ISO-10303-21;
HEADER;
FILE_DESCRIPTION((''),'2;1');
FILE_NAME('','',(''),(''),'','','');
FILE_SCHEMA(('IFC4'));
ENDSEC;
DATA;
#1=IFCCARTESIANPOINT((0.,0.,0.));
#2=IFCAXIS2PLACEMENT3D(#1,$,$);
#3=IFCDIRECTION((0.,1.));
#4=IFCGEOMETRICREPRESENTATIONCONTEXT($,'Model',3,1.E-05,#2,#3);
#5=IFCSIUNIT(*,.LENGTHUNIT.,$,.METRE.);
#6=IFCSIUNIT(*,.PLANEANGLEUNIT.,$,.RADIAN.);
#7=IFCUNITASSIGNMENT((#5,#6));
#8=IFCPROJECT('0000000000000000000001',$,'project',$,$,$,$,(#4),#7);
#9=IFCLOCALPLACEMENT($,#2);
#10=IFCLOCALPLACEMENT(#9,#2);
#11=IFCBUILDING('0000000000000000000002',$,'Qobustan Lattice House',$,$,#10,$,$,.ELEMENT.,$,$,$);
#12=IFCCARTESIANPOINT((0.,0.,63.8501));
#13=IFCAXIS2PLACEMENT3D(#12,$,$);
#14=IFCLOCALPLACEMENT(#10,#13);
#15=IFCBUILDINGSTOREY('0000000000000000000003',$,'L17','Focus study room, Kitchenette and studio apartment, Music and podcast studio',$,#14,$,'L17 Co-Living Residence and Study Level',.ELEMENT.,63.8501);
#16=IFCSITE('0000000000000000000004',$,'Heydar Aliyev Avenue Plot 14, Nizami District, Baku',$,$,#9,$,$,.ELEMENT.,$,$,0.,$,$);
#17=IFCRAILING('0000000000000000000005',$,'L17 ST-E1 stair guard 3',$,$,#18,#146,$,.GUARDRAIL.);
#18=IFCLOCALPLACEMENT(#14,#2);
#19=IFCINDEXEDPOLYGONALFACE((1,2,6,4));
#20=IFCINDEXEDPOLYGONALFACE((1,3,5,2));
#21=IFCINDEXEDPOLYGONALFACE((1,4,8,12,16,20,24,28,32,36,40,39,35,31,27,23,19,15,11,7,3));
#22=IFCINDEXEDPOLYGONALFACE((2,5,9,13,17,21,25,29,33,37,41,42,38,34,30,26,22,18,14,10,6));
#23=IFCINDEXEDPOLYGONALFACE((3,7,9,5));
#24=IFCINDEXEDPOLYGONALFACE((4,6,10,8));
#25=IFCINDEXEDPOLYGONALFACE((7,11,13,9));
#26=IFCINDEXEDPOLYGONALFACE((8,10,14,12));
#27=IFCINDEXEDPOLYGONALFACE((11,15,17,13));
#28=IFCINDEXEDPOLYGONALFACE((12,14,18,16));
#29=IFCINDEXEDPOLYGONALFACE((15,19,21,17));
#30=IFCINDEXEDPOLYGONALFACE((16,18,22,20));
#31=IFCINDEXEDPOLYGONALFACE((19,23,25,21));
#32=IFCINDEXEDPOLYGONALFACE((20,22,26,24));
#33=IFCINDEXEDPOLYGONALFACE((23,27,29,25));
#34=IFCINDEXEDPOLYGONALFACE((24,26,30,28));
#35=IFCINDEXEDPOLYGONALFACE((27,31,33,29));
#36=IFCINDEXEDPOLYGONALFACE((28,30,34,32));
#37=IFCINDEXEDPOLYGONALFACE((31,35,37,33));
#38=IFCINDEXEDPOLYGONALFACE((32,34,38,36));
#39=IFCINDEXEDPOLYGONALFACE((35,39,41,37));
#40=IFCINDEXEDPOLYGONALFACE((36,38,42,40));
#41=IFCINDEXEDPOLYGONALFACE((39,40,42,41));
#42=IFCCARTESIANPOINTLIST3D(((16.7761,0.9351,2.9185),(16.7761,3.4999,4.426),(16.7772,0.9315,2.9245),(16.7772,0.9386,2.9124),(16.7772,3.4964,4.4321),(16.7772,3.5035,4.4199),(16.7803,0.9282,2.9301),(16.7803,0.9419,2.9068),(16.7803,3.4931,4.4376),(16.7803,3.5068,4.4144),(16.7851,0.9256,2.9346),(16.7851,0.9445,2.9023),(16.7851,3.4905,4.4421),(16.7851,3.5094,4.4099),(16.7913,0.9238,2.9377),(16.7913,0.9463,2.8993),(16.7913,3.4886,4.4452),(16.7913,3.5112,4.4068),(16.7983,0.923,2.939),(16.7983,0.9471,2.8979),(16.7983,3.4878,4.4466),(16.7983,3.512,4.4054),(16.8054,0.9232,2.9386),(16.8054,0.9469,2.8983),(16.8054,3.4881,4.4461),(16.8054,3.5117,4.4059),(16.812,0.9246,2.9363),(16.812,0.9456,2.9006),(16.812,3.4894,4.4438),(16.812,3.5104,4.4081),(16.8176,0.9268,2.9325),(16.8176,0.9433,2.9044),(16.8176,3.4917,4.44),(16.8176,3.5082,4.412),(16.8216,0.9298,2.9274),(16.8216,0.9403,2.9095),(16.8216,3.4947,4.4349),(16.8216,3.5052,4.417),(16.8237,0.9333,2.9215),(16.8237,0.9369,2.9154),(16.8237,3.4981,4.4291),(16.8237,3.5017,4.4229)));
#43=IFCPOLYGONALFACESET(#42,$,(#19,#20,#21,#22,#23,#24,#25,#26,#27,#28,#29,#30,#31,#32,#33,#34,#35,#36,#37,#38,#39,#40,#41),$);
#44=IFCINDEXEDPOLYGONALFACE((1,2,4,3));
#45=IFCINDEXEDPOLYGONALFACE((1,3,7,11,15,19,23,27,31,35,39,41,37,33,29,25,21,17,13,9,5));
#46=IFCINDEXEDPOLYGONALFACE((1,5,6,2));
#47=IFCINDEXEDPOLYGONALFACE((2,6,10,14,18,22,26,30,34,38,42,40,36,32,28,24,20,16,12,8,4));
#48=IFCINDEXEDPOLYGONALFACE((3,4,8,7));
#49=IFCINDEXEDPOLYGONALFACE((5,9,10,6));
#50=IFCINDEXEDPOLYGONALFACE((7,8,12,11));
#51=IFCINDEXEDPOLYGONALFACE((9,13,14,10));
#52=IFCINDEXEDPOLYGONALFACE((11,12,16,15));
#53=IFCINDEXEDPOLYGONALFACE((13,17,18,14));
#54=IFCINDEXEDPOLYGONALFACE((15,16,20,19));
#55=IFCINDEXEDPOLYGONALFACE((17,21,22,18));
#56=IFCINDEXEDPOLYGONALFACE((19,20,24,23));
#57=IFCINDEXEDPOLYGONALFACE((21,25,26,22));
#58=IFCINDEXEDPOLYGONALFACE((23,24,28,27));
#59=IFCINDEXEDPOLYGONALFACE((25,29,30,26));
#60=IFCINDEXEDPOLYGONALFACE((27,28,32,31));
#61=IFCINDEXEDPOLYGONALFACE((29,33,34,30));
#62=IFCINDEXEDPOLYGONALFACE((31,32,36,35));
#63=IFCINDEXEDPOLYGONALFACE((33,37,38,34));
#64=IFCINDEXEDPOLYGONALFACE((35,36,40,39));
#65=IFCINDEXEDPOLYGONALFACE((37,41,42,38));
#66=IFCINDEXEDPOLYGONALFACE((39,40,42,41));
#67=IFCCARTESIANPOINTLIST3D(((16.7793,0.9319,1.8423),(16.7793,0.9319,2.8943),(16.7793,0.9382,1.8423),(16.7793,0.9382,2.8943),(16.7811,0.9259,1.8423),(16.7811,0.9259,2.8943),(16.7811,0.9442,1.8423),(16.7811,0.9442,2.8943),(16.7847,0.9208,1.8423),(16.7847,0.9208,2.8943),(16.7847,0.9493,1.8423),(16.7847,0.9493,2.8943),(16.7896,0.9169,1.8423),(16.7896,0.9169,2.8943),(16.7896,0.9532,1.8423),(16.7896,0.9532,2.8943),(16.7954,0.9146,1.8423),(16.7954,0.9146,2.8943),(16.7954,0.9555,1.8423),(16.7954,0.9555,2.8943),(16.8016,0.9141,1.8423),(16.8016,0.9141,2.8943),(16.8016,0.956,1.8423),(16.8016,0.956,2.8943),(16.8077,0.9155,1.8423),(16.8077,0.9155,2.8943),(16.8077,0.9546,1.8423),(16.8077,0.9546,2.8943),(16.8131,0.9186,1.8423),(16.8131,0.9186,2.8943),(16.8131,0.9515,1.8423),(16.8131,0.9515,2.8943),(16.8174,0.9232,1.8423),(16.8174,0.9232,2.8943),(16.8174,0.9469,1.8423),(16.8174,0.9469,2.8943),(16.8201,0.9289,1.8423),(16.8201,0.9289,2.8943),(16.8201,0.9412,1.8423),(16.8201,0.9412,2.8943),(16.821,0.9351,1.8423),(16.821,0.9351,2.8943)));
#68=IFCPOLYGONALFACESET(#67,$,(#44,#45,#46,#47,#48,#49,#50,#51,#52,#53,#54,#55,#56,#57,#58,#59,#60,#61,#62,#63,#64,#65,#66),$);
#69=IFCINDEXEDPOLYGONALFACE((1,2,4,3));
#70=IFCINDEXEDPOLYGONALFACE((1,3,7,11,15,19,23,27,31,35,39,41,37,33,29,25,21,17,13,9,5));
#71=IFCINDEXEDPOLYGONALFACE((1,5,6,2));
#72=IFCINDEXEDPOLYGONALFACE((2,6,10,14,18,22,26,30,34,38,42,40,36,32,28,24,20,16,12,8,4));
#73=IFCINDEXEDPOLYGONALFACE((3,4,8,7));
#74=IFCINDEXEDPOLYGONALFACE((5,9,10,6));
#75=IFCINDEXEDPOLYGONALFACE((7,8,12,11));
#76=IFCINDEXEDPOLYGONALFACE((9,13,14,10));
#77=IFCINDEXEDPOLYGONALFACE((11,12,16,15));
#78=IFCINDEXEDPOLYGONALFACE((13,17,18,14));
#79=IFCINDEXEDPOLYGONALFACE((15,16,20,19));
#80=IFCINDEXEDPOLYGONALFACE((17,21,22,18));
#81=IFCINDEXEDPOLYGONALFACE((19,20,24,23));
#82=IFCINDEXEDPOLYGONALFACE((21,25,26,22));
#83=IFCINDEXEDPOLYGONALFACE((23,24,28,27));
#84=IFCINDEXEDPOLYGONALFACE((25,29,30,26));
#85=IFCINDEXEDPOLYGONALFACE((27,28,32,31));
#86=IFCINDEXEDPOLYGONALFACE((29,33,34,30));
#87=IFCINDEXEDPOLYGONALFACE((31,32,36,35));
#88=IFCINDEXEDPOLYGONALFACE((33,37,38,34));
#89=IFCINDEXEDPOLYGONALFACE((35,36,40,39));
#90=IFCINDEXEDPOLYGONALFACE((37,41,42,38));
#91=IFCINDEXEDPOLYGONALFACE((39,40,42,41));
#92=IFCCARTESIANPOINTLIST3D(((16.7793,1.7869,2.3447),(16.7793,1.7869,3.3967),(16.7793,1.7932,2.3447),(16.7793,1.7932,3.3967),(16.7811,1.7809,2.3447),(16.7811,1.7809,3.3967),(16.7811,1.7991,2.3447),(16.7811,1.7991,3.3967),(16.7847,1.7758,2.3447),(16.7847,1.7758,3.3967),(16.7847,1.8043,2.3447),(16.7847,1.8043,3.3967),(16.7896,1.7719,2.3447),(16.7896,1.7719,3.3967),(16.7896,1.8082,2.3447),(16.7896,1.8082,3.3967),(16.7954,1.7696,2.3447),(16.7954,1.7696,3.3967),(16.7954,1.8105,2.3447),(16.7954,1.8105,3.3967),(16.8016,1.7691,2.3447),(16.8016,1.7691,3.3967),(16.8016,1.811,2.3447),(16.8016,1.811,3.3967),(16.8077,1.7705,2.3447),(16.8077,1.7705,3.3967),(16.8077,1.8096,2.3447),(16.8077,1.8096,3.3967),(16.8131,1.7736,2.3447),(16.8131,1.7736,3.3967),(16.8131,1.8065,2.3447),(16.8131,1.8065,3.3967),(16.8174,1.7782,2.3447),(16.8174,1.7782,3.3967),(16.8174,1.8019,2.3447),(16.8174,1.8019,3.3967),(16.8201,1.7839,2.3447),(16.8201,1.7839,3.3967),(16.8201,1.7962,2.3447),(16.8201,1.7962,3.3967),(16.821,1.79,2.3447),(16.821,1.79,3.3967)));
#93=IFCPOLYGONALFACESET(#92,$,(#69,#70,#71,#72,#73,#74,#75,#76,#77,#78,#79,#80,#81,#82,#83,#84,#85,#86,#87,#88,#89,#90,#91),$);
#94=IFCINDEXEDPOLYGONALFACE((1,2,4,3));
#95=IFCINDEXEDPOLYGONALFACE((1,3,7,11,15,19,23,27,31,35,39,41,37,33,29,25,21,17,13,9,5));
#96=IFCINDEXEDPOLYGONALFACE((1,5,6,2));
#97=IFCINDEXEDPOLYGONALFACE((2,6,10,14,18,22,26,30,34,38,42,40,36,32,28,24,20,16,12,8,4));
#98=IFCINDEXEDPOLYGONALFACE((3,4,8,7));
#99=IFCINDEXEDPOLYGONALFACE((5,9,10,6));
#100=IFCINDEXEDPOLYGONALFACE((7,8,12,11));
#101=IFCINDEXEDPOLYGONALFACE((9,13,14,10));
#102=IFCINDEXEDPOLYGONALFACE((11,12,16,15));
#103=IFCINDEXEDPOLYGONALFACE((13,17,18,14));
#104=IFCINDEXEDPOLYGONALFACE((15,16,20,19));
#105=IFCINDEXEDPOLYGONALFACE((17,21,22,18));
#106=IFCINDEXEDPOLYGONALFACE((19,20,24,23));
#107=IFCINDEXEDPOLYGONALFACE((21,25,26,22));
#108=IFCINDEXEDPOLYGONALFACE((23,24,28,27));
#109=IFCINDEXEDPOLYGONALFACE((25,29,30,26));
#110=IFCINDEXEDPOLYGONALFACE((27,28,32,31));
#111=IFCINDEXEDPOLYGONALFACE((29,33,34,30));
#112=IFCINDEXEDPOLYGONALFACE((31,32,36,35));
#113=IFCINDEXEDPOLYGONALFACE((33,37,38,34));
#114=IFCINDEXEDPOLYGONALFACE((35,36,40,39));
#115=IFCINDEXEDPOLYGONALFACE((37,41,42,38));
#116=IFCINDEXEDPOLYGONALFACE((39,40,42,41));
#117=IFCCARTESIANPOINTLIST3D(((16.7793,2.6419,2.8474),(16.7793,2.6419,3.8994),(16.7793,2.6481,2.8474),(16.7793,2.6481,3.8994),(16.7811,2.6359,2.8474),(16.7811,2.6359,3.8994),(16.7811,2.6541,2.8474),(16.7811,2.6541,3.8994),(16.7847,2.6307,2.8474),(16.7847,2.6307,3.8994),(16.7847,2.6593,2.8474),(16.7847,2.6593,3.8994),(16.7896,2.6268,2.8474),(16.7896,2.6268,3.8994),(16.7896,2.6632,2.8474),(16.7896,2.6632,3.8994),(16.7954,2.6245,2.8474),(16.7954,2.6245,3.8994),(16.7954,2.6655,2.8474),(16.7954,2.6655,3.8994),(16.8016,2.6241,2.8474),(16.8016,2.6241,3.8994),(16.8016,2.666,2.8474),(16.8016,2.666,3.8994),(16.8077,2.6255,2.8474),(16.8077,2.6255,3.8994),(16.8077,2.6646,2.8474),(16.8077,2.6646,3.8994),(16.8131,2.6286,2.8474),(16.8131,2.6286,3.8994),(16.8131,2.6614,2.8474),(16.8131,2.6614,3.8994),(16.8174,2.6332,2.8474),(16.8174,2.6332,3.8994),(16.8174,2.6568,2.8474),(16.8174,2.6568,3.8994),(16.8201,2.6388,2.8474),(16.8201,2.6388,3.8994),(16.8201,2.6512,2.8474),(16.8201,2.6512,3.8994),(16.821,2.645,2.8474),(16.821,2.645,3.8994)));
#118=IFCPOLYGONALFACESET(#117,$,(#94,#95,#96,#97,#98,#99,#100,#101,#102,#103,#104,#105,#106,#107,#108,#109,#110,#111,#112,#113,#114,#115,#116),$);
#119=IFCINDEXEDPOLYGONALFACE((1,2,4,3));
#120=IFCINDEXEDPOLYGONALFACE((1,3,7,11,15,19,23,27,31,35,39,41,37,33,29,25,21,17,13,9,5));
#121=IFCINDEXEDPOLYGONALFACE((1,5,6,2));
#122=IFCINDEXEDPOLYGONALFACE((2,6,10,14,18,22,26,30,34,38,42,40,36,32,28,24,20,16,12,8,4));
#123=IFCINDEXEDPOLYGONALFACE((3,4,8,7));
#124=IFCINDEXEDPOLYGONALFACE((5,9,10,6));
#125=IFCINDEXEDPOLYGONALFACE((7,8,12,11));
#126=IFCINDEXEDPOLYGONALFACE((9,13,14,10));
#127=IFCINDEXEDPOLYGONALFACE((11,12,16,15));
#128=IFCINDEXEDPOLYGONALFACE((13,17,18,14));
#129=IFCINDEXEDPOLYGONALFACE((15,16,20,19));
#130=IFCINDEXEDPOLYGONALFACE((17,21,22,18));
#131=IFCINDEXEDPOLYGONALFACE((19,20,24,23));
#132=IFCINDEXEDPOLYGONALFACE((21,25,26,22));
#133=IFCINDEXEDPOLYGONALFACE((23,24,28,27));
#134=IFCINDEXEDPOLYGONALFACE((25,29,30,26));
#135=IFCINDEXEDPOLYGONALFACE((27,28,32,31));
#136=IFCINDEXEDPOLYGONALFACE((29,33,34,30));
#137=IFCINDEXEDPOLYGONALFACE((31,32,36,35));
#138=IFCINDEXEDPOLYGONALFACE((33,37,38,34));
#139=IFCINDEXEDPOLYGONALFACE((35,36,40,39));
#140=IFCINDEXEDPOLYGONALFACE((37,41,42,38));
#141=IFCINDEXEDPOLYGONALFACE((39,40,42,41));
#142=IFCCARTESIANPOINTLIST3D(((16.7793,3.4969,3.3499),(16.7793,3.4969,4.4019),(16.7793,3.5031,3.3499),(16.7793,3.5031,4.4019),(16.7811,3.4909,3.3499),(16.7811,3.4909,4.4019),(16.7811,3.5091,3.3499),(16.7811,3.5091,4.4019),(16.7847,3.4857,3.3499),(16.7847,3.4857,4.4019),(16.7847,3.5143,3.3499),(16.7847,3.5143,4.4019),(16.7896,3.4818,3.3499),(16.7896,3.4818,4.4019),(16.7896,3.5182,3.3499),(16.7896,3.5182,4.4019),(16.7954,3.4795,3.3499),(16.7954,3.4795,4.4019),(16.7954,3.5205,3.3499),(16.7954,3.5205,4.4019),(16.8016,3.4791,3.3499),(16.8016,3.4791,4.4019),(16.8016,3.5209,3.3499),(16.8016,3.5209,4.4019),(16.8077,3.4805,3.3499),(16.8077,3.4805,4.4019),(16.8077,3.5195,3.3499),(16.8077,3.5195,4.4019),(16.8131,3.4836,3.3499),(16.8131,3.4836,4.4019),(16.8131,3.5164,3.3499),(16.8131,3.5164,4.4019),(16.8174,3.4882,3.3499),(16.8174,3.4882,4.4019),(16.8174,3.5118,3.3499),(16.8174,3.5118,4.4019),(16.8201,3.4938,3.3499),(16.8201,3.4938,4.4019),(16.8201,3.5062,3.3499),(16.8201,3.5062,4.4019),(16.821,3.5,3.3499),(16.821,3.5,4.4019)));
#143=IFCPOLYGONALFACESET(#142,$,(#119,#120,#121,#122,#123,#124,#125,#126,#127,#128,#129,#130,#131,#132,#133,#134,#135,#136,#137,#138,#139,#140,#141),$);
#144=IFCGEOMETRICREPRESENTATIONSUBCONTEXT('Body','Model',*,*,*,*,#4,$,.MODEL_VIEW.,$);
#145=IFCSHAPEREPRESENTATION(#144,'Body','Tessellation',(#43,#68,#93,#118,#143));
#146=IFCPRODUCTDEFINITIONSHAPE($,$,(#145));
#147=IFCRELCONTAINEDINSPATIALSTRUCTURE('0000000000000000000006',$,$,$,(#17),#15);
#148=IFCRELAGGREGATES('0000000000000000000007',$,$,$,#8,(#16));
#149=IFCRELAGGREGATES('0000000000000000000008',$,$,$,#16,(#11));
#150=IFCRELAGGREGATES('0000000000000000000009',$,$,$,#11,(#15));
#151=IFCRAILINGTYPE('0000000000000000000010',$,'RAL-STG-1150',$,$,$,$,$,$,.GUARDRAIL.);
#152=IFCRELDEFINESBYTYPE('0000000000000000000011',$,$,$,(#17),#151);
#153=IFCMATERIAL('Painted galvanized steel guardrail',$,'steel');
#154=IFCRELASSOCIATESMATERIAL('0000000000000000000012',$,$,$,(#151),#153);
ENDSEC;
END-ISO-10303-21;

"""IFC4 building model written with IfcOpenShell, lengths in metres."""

from ifc_helpers import new_model, si_unit, direction, frame, origin, origin_2d, place, context, subcontext, project, spatial, circle, extrude, material, type_object, element, save


model = new_model("IFC4")

# Units and contexts
model_context = context("Model", 3, precision=1e-05, world=origin(), true_north=direction((0.0, 1.0)))
body_context = subcontext(model_context, "Body", "Model", "MODEL_VIEW")
ifc_project = project(units=[si_unit("LENGTHUNIT", "METRE"), si_unit("PLANEANGLEUNIT", "RADIAN")], contexts=[model_context])

# Site, building, storey
site_placement = place(None, origin())
site = spatial("IfcSite", under=ifc_project, at=site_placement, Name="Heydar Aliyev Avenue Plot 14, Nizami District, Baku", CompositionType="ELEMENT", RefElevation=0.0)
building_placement = place(site_placement, origin())
building = spatial("IfcBuilding", under=site, at=building_placement, Name="Qobustan Lattice House", CompositionType="ELEMENT")
storey_placement = place(building_placement, frame((0.0, 0.0, 63.8501)))
storey = spatial("IfcBuildingStorey", under=building, at=storey_placement, Name="L17", Description="Focus study room, Kitchenette and studio apartment, Music and podcast studio", LongName="L17 Co-Living Residence and Study Level", CompositionType="ELEMENT", Elevation=63.8501)

# Railing
ifc_material_1 = material(Name="Painted galvanized steel guardrail", Category="steel")
railing_type_1 = type_object("IfcRailingType", Name="RAL-STG-1150", PredefinedType="GUARDRAIL", material=ifc_material_1)
railing_1_placement = place(storey_placement, frame((16.8, 0.9351, 1.8423)))
element("IfcRailing", 1, at=railing_1_placement, inside=storey, type_object=railing_type_1, Name="L17 ST-E1 stair guard 3", PredefinedType="GUARDRAIL", context=body_context, shape_type="SweptSolid", body=[
    extrude(circle(Radius=0.0239, at=origin_2d()), frame((0.0, 0.0, 1.0762), z_axis=(0.0, 0.862113, 0.506715), x_axis=(-1.0, 0.0, 0.0)), (0.0, 0.0, 1.0), 2.9751),
    extrude(circle(Radius=0.021, at=origin_2d()), origin(), (0.0, 0.0, 1.0), 1.052),
    extrude(circle(Radius=0.021, at=origin_2d()), frame((0.0, 0.855, 0.5024)), (0.0, 0.0, 1.0), 1.052),
    extrude(circle(Radius=0.021, at=origin_2d()), frame((0.0, 1.71, 1.0051)), (0.0, 0.0, 1.0), 1.052),
    extrude(circle(Radius=0.021, at=origin_2d()), frame((0.0, 2.5649, 1.5076)), (0.0, 0.0, 1.0), 1.052),
])

save(model, "model.ifc")
